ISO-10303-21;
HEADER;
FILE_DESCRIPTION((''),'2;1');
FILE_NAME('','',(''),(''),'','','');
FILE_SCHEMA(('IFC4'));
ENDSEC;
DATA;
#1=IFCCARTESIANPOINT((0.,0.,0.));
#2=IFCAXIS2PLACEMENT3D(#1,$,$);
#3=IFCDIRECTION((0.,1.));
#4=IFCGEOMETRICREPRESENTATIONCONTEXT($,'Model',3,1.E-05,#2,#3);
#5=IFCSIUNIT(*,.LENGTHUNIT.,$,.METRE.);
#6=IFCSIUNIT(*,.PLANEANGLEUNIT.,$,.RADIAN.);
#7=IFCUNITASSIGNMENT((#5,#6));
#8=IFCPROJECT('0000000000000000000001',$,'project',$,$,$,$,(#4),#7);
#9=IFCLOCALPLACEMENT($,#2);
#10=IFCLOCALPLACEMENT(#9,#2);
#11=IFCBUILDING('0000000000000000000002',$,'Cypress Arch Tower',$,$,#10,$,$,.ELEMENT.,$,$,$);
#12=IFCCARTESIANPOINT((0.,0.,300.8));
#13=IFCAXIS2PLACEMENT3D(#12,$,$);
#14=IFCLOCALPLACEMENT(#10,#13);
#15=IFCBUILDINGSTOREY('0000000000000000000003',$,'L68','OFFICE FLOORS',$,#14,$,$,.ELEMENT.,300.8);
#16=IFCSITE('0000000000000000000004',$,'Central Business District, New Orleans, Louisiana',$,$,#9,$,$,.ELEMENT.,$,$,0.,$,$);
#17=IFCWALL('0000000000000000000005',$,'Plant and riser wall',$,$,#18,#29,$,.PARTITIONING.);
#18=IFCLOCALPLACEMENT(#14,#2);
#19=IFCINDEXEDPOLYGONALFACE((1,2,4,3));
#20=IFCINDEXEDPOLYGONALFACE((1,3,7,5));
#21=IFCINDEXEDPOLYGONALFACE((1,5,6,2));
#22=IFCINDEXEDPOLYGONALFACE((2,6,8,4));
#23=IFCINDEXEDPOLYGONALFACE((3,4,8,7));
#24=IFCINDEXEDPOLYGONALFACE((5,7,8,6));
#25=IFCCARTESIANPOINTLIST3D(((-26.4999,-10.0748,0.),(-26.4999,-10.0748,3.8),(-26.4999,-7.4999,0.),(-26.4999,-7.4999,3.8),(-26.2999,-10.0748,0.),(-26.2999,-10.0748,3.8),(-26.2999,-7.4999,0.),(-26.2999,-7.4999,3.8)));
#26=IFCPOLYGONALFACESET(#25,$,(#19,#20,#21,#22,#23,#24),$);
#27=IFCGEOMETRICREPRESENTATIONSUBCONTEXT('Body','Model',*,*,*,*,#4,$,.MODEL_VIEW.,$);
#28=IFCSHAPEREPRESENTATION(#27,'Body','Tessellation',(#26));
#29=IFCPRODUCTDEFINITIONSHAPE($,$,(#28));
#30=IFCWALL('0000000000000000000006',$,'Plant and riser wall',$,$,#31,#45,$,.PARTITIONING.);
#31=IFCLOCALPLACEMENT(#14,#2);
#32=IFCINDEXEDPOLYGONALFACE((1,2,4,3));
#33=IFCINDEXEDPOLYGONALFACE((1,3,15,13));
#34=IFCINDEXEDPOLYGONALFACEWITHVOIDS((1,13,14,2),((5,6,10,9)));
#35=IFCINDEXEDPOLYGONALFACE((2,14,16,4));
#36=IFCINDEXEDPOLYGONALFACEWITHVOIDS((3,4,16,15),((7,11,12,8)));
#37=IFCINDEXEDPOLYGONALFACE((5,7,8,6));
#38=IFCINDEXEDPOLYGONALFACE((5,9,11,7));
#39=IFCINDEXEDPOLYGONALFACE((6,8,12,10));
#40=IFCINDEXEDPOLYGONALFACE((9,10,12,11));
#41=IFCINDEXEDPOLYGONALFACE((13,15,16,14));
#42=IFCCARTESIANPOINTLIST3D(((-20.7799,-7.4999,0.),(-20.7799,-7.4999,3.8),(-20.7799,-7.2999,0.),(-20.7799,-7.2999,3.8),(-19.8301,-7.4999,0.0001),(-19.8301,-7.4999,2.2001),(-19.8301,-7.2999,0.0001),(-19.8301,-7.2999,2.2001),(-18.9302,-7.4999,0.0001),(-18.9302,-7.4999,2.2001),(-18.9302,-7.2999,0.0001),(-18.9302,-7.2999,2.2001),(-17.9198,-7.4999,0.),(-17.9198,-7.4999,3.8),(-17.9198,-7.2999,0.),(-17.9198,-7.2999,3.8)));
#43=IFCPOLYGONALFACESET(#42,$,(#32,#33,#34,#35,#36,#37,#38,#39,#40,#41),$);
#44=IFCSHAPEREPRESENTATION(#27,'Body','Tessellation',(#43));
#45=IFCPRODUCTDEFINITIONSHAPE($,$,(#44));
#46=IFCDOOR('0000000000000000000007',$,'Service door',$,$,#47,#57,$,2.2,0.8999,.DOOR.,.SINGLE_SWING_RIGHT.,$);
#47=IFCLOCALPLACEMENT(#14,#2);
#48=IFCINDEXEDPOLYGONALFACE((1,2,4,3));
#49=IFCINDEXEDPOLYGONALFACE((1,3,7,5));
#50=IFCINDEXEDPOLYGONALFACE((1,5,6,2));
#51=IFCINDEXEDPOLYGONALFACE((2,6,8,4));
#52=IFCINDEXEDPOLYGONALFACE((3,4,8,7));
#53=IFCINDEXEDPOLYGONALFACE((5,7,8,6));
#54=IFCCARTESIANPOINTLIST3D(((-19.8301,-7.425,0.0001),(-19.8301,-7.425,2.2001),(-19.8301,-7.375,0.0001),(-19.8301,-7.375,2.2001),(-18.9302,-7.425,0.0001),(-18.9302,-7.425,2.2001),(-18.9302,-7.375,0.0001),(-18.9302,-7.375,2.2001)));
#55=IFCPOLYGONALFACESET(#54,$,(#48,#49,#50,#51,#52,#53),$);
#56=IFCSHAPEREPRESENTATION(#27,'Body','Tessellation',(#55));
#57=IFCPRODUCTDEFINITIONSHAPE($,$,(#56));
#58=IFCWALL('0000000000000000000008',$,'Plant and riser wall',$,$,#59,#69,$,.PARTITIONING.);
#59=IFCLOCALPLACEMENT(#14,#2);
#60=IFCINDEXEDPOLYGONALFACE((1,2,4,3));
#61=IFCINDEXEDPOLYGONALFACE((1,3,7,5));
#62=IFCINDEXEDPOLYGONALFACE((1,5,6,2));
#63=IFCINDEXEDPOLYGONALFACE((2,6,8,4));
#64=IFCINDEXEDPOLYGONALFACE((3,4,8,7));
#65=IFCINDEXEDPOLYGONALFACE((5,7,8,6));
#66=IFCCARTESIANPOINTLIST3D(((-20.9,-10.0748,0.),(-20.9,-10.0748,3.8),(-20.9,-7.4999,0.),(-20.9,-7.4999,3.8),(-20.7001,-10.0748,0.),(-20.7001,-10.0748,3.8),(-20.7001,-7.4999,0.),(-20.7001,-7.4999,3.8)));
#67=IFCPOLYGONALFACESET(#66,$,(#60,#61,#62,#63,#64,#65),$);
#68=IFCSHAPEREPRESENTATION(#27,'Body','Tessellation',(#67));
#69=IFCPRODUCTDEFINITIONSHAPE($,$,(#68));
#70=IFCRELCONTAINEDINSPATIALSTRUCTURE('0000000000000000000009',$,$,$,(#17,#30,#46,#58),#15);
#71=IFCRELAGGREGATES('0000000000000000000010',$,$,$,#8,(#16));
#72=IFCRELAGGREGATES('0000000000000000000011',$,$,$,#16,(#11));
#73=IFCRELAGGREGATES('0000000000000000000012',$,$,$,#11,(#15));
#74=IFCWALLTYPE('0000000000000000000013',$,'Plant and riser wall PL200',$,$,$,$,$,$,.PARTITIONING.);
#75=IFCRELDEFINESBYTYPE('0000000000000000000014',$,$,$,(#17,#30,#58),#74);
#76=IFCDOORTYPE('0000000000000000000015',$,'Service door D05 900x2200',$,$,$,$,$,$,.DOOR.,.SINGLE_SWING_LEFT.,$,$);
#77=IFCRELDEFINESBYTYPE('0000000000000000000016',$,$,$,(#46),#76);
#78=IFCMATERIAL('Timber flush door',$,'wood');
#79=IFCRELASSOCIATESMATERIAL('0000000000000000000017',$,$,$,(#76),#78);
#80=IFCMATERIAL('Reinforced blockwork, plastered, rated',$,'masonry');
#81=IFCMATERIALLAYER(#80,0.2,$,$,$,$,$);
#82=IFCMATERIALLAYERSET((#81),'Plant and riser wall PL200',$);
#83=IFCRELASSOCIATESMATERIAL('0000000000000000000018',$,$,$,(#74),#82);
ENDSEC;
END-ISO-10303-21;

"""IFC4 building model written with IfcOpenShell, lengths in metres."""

from ifc_helpers import new_model, si_unit, direction, frame, frame_2d, origin, place, context, subcontext, project, spatial, rectangle, extrude, material, layer, layer_set, type_object, element, fill, save


model = new_model("IFC4")

# Units and contexts
model_context = context("Model", 3, precision=1e-05, world=origin(), true_north=direction((0.0, 1.0)))
body_context = subcontext(model_context, "Body", "Model", "MODEL_VIEW")
ifc_project = project(units=[si_unit("LENGTHUNIT", "METRE"), si_unit("PLANEANGLEUNIT", "RADIAN")], contexts=[model_context])

# Site, building, storey
site_placement = place(None, origin())
site = spatial("IfcSite", under=ifc_project, at=site_placement, Name="Central Business District, New Orleans, Louisiana", CompositionType="ELEMENT", RefElevation=0.0)
building_placement = place(site_placement, origin())
building = spatial("IfcBuilding", under=site, at=building_placement, Name="Cypress Arch Tower", CompositionType="ELEMENT")
storey_placement = place(building_placement, frame((0.0, 0.0, 300.8)))
storey = spatial("IfcBuildingStorey", under=building, at=storey_placement, Name="L68", Description="OFFICE FLOORS", CompositionType="ELEMENT", Elevation=300.8)

# Shared definitions
ifc_material_1 = material(Name="Timber flush door", Category="wood")
door_type = type_object("IfcDoorType", Name="Service door D05 900x2200", OperationType="SINGLE_SWING_LEFT", PredefinedType="DOOR", material=ifc_material_1)

# Shared definitions
ifc_material_2 = material(Name="Reinforced blockwork, plastered, rated", Category="masonry")
ifc_layer_1 = layer(ifc_material_2, 0.2)
ifc_layer_set_1 = layer_set([ifc_layer_1], Name="Plant and riser wall PL200")
wall_type_1 = type_object("IfcWallType", Name="Plant and riser wall PL200", PredefinedType="PARTITIONING", material=ifc_layer_set_1)

# Wall
wall_1_placement = place(storey_placement, frame((-26.3999, -10.075, 0.0), z_axis=(0.0, 0.0, 1.0), x_axis=(0.0, 1.0, 0.0)))
element("IfcWall", 1, at=wall_1_placement, inside=storey, type_object=wall_type_1, Name="Plant and riser wall", PredefinedType="PARTITIONING", context=body_context, shape_type="SweptSolid", body=[
    extrude(rectangle(XDim=2.575, YDim=0.2, at=frame_2d((1.2876, 0.0))), origin(), (0.0, 0.0, 1.0), 3.8),
])

# Wall, opening, door
wall_2_placement = place(storey_placement, frame((-20.78, -7.3999, 0.0), z_axis=(0.0, 0.0, 1.0), x_axis=(1.0, 0.0, 0.0)))
wall_2 = element("IfcWall", 2, at=wall_2_placement, inside=storey, type_object=wall_type_1, Name="Plant and riser wall", PredefinedType="PARTITIONING", context=body_context, shape_type="SweptSolid", body=[
    extrude(rectangle(XDim=2.8601, YDim=0.2, at=frame_2d((1.4302, 0.0))), origin(), (0.0, 0.0, 1.0), 3.8),
])
opening_1_placement = place(wall_2_placement, frame((0.95, 0.0, 0.0)))
opening_1 = element("IfcOpeningElement", 3, at=opening_1_placement, cuts=wall_2, PredefinedType="OPENING", context=body_context, shape_type="SweptSolid", body=[
    extrude(rectangle(XDim=0.8999, YDim=2.2, at=frame_2d((0.45, 1.1001))), frame((0.0, 0.1099, 0.0), z_axis=(0.0, -1.0, 0.0), x_axis=(1.0, 0.0, 0.0)), (0.0, 0.0, 1.0), 0.22),
])
door_1_placement = place(opening_1_placement, origin())
door_1 = element("IfcDoor", 4, at=door_1_placement, inside=storey, type_object=door_type, Name="Service door", OperationType="SINGLE_SWING_RIGHT", OverallHeight=2.2, OverallWidth=0.8999, PredefinedType="DOOR", context=body_context, shape_type="SweptSolid", body=[
    extrude(rectangle(XDim=0.8999, YDim=2.2, at=frame_2d((0.45, 1.1001))), frame((0.0, 0.0249, 0.0), z_axis=(0.0, -1.0, 0.0), x_axis=(1.0, 0.0, 0.0)), (0.0, 0.0, 1.0), 0.05),
])
fill(opening_1, door_1)

# Wall
wall_3_placement = place(storey_placement, frame((-20.8, -10.075, 0.0), z_axis=(0.0, 0.0, 1.0), x_axis=(0.0, 1.0, 0.0)))
element("IfcWall", 5, at=wall_3_placement, inside=storey, type_object=wall_type_1, Name="Plant and riser wall", PredefinedType="PARTITIONING", context=body_context, shape_type="SweptSolid", body=[
    extrude(rectangle(XDim=2.575, YDim=0.2, at=frame_2d((1.2876, 0.0))), origin(), (0.0, 0.0, 1.0), 3.8),
])

save(model, "model.ifc")
